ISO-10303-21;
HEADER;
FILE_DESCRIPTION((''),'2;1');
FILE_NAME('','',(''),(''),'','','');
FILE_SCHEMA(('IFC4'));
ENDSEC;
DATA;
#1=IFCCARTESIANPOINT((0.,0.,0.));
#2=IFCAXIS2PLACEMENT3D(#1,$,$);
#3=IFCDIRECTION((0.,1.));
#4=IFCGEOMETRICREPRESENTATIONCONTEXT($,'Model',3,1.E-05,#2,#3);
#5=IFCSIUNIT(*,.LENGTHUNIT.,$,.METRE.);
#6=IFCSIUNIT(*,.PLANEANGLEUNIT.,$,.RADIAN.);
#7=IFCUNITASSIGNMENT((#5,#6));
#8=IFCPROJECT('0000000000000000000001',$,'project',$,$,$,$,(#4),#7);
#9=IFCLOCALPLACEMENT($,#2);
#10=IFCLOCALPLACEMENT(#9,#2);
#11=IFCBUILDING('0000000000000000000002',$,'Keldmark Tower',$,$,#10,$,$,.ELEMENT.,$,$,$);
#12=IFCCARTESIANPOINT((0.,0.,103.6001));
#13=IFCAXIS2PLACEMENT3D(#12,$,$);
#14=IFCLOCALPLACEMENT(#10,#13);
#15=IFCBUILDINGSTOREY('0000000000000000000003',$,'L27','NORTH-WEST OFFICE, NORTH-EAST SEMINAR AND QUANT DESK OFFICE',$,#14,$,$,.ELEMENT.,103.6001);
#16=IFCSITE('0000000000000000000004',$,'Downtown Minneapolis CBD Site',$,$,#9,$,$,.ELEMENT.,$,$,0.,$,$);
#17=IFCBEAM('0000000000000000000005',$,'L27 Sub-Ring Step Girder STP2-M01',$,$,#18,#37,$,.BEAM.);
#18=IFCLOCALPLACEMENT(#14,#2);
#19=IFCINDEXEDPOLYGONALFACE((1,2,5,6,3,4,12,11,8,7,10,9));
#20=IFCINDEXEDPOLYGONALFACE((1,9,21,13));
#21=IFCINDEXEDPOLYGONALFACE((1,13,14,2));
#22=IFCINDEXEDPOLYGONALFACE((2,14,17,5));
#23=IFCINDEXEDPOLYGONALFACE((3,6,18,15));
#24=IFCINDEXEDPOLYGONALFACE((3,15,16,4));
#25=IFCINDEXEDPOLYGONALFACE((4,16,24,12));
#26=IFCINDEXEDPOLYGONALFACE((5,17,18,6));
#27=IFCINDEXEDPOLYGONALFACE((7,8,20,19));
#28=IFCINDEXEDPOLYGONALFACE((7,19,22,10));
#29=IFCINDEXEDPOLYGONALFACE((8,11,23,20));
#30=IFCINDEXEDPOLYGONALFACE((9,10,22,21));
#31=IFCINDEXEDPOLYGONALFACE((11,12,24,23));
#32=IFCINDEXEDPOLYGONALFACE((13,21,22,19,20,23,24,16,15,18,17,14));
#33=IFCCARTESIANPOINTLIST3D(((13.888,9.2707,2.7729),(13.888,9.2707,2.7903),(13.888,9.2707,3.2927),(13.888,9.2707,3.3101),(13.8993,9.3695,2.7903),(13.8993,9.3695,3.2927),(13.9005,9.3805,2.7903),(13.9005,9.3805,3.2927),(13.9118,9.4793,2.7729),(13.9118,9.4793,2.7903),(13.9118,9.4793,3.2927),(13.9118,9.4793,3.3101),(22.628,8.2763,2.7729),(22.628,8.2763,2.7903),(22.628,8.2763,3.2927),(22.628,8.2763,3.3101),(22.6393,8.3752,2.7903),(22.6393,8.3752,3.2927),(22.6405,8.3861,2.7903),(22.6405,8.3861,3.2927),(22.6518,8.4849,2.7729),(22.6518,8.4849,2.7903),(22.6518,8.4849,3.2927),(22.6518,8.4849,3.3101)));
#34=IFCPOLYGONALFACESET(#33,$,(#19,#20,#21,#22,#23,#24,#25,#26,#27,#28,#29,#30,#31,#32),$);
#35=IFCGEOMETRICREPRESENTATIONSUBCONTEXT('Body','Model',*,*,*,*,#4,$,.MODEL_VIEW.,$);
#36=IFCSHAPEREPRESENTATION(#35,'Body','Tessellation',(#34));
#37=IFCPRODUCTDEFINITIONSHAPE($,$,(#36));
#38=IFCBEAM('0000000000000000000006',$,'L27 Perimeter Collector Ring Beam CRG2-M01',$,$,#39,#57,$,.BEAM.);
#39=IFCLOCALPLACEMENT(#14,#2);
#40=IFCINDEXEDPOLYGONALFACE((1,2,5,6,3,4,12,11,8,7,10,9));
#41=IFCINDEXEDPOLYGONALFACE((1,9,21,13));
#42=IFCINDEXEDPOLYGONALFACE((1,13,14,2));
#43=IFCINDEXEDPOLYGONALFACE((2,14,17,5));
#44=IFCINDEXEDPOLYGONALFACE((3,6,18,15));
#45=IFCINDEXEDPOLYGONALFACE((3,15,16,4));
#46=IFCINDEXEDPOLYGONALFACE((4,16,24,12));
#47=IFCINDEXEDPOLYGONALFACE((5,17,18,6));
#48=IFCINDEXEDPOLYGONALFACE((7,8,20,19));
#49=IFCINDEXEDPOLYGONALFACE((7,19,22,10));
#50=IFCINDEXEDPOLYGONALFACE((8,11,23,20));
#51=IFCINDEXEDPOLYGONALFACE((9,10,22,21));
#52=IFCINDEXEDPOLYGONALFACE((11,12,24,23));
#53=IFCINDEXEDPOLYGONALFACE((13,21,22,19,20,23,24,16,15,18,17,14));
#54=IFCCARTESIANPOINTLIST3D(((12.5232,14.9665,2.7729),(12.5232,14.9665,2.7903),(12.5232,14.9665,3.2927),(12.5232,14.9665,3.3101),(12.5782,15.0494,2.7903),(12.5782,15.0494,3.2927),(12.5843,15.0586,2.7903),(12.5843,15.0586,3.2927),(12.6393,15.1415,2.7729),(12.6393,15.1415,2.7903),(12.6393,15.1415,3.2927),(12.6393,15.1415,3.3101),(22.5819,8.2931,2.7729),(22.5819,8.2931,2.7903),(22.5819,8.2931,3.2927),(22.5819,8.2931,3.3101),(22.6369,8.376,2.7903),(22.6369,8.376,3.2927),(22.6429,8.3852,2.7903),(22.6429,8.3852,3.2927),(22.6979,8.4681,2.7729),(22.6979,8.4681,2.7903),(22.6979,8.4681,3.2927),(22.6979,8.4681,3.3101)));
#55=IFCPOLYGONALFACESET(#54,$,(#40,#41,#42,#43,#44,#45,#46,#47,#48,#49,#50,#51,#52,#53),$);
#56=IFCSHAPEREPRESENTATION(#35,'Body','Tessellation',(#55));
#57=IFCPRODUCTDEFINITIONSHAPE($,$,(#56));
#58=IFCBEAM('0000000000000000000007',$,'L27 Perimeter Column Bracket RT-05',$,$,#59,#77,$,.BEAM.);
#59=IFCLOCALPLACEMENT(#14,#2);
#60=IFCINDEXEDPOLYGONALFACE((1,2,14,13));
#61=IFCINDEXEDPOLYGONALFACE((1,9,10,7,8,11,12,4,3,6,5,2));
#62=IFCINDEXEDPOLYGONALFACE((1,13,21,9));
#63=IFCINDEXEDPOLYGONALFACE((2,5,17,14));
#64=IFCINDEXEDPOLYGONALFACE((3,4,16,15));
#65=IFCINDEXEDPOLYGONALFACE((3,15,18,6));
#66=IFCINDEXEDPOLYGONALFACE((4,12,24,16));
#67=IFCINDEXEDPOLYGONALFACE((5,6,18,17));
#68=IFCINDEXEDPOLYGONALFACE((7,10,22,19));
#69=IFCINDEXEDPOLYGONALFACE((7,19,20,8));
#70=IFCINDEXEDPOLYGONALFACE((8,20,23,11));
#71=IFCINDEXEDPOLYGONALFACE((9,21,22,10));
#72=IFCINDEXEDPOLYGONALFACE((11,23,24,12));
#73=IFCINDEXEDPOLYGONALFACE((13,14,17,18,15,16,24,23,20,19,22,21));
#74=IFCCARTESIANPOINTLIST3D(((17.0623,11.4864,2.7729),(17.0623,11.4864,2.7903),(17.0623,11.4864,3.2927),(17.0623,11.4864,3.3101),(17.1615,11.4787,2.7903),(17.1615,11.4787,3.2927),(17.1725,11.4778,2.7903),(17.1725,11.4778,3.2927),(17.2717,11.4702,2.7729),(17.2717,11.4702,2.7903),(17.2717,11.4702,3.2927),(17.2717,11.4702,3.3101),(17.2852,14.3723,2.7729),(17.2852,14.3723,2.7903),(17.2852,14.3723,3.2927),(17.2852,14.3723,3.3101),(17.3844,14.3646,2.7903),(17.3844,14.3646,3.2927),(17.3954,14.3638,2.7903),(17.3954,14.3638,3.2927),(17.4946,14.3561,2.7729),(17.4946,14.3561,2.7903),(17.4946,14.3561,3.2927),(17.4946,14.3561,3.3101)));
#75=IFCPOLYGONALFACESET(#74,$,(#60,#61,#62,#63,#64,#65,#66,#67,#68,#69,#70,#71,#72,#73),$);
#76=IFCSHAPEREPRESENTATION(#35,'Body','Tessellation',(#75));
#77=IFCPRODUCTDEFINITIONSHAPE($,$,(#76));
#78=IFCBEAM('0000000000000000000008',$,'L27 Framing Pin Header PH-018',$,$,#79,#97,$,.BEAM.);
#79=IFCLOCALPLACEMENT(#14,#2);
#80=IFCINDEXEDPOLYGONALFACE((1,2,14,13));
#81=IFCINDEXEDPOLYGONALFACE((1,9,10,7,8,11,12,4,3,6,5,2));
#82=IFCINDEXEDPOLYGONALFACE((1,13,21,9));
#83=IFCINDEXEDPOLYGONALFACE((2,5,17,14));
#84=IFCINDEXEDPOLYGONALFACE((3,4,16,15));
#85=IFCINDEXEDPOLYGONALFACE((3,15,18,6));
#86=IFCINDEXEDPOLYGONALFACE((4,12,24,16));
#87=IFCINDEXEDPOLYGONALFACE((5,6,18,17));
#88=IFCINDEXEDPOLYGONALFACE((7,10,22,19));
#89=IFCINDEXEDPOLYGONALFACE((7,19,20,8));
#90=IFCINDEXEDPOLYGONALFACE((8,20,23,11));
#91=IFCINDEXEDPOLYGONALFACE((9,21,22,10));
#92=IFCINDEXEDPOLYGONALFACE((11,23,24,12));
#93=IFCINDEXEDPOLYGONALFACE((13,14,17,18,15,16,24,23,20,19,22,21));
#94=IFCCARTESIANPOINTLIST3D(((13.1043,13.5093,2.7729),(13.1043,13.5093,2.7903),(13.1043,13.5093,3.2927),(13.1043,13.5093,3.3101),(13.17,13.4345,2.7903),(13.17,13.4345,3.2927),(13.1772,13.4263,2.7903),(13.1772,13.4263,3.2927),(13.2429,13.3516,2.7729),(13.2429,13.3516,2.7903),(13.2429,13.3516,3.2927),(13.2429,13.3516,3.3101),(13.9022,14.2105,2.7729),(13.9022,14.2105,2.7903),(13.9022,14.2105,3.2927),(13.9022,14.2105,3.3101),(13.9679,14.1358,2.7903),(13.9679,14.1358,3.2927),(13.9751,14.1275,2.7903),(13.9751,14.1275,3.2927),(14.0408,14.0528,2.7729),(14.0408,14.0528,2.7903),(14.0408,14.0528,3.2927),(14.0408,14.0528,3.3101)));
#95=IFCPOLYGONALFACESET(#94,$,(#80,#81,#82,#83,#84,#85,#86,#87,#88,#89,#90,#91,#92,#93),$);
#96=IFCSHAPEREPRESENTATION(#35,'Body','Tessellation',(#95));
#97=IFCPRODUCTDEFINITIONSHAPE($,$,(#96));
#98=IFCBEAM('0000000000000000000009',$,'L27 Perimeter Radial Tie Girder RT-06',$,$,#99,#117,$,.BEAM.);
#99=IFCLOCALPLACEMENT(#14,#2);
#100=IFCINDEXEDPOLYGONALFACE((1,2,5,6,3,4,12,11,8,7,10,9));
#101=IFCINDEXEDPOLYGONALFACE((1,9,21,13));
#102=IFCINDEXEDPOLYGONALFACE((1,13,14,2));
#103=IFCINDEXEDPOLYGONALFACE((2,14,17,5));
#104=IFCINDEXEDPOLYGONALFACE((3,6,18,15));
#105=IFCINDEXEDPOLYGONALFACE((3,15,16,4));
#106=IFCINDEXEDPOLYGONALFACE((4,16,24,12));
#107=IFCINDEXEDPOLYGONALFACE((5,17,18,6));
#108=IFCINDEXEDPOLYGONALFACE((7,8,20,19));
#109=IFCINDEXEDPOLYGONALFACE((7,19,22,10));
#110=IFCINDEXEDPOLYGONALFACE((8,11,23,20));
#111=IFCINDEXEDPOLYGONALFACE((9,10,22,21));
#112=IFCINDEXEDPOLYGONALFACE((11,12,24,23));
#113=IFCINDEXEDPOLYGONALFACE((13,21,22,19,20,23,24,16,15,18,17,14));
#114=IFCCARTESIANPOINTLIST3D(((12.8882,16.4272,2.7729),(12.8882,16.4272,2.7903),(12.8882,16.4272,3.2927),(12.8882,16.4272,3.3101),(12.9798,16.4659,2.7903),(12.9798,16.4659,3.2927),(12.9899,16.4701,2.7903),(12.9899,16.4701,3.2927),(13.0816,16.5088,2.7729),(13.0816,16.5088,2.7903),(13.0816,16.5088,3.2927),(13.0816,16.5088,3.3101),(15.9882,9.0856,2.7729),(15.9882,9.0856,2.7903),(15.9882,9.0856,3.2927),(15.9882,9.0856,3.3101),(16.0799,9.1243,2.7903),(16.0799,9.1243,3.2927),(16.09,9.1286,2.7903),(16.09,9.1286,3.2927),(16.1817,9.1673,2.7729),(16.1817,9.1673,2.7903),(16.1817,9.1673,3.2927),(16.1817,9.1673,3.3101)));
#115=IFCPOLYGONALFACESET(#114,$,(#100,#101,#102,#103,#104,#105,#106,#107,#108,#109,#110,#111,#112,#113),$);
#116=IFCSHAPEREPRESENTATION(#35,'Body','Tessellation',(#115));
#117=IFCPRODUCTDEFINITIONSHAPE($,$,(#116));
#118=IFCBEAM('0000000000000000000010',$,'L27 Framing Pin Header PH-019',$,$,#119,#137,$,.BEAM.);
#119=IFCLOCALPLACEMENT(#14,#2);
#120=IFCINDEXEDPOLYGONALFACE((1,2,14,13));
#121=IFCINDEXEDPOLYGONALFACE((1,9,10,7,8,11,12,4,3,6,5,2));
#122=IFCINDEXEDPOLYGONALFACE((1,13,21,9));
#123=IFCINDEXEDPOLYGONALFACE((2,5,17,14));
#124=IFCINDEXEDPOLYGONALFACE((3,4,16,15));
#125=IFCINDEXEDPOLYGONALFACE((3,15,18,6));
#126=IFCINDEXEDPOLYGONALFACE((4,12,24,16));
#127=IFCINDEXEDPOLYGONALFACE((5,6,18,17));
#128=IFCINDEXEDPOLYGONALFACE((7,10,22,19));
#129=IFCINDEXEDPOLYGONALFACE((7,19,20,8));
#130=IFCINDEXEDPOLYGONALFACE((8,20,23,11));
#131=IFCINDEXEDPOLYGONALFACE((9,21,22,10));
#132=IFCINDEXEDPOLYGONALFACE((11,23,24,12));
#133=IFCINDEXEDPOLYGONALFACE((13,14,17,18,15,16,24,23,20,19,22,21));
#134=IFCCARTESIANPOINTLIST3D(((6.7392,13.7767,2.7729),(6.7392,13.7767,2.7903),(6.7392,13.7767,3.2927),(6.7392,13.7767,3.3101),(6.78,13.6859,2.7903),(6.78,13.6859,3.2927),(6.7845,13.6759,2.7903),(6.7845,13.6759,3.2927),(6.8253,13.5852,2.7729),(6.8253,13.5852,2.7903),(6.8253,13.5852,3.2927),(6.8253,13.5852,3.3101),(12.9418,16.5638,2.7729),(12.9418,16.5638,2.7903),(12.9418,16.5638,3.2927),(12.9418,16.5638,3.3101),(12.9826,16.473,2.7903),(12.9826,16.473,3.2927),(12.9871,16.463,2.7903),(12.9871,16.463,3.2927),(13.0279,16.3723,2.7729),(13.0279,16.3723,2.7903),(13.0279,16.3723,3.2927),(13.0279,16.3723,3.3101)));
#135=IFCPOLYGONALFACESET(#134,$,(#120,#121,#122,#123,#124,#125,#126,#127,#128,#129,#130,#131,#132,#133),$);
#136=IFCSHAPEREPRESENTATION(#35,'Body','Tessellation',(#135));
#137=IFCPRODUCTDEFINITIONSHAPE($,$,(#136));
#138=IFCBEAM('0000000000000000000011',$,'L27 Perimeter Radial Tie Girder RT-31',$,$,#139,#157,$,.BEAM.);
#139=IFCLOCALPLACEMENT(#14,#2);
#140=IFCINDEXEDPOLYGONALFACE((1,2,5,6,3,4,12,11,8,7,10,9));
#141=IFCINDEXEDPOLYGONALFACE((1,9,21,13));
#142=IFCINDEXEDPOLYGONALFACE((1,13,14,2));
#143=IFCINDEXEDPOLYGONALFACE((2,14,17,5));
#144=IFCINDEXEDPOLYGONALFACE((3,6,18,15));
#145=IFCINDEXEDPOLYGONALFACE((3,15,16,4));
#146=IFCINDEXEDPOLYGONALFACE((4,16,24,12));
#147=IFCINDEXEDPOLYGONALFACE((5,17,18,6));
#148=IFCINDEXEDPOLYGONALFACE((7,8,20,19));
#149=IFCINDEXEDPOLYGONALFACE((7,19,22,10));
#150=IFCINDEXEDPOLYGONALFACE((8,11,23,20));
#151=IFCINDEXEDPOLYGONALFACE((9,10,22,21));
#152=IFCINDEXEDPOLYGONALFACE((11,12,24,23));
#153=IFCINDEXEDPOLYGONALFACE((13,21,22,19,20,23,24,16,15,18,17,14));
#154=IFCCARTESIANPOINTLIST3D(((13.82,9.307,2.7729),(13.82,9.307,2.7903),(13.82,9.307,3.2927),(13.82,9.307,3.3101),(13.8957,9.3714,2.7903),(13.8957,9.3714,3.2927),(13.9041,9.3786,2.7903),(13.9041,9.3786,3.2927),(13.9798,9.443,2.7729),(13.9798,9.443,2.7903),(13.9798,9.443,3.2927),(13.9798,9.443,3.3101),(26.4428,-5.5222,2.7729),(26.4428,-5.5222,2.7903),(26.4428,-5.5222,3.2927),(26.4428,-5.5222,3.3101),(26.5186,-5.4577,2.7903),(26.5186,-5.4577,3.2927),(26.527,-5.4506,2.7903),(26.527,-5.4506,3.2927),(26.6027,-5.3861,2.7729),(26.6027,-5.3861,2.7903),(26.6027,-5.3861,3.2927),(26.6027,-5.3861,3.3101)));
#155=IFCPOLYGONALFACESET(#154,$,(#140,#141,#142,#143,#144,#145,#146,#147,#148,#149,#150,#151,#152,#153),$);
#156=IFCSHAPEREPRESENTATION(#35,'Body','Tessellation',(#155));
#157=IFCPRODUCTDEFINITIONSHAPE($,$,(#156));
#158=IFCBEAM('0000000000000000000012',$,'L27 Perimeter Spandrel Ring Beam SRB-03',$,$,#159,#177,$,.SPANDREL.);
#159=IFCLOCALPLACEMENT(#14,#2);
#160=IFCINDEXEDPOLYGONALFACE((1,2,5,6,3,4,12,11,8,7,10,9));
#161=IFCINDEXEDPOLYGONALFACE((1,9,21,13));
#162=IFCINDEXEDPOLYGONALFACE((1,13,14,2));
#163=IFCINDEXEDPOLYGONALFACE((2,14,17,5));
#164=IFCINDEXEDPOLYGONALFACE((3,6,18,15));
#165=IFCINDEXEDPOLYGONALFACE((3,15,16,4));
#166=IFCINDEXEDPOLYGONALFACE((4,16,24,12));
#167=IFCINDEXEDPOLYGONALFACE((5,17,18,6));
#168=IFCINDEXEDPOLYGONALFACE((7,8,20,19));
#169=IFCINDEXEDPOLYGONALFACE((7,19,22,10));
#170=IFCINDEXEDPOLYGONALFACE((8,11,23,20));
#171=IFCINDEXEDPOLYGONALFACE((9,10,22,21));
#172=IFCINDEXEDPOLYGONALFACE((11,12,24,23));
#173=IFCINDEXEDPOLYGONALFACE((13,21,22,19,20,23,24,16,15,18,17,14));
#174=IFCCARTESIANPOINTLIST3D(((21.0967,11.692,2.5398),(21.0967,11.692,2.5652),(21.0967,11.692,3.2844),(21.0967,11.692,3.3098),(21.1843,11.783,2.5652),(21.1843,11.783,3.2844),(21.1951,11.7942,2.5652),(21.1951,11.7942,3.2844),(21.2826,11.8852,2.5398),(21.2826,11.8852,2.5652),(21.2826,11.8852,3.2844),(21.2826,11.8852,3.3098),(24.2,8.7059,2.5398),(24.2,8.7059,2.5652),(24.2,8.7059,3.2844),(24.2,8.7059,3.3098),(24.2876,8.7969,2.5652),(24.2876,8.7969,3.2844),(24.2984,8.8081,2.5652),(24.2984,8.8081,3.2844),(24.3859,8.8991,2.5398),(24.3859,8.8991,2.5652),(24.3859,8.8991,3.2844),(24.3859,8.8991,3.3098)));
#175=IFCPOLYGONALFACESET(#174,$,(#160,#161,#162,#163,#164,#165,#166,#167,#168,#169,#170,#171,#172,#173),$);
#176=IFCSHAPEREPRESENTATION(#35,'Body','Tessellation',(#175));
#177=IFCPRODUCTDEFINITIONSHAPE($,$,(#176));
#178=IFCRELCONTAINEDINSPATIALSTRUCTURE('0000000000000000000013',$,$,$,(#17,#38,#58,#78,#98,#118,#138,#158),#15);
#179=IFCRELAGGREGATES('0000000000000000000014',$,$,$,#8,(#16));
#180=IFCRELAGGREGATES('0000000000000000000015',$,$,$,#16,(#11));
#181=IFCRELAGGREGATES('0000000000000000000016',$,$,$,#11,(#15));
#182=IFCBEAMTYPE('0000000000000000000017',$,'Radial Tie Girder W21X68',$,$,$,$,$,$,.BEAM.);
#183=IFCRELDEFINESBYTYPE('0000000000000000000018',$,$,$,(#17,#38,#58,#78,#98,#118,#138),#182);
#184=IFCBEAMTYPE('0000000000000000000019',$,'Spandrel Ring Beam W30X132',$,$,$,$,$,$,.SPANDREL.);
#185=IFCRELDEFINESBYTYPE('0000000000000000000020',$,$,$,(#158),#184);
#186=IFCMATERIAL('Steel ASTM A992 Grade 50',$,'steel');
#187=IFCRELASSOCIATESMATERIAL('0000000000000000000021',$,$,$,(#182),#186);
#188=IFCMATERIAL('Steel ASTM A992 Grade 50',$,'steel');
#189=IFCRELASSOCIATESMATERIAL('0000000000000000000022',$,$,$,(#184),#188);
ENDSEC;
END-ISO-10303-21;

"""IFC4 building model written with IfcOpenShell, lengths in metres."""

from ifc_helpers import new_model, si_unit, direction, frame, origin, origin_2d, place, context, subcontext, project, spatial, i_section, extrude, material, material_profile, profile_set, type_object, element, save


model = new_model("IFC4")

# Units and contexts
model_context = context("Model", 3, precision=1e-05, world=origin(), true_north=direction((0.0, 1.0)))
body_context = subcontext(model_context, "Body", "Model", "MODEL_VIEW")
ifc_project = project(units=[si_unit("LENGTHUNIT", "METRE"), si_unit("PLANEANGLEUNIT", "RADIAN")], contexts=[model_context])

# Site, building, storey
site_placement = place(None, origin())
site = spatial("IfcSite", under=ifc_project, at=site_placement, Name="Downtown Minneapolis CBD Site", CompositionType="ELEMENT", RefElevation=0.0)
building_placement = place(site_placement, origin())
building = spatial("IfcBuilding", under=site, at=building_placement, Name="Keldmark Tower", CompositionType="ELEMENT")
storey_placement = place(building_placement, frame((0.0, 0.0, 103.6001)))
storey = spatial("IfcBuildingStorey", under=building, at=storey_placement, Name="L27", Description="NORTH-WEST OFFICE, NORTH-EAST SEMINAR AND QUANT DESK OFFICE", CompositionType="ELEMENT", Elevation=103.6001)

# Beams
ifc_material_1 = material(Name="Steel ASTM A992 Grade 50", Category="steel")
ifc_material_profile_1 = material_profile(ifc_material_1, i_section(OverallWidth=0.21, OverallDepth=0.5371, WebThickness=0.011, FlangeThickness=0.0173, at=origin_2d()), Name="W21X68")
ifc_profile_set_1 = profile_set([ifc_material_profile_1], Name="Steel ASTM A992 Grade 50")
beam_type_1 = type_object("IfcBeamType", Name="Radial Tie Girder W21X68", PredefinedType="BEAM", material=ifc_profile_set_1)
beam_1_placement = place(storey_placement, frame((13.8999, 9.375, 3.0415), z_axis=(0.99359, -0.113045, 0.0), x_axis=(0.113045, 0.99359, 0.0)))
element("IfcBeam", 1, at=beam_1_placement, inside=storey, type_object=beam_type_1, Name="L27 Sub-Ring Step Girder STP2-M01", PredefinedType="BEAM", context=body_context, shape_type="SweptSolid", body=[
    extrude(i_section(OverallWidth=0.21, OverallDepth=0.5371, WebThickness=0.011, FlangeThickness=0.0173, at=origin_2d()), origin(), (0.0, 0.0, 1.0), 8.7964),
])
beam_2_placement = place(storey_placement, frame((22.6399, 8.3806, 3.0415), z_axis=(-0.833287, 0.552841, 0.0), x_axis=(-0.552841, -0.833287, 0.0)))
element("IfcBeam", 2, at=beam_2_placement, inside=storey, type_object=beam_type_1, Name="L27 Perimeter Collector Ring Beam CRG2-M01", PredefinedType="BEAM", context=body_context, shape_type="SweptSolid", body=[
    extrude(i_section(OverallWidth=0.21, OverallDepth=0.5371, WebThickness=0.011, FlangeThickness=0.0173, at=origin_2d()), origin(), (0.0, 0.0, 1.0), 12.071),
])
beam_3_placement = place(storey_placement, frame((17.167, 11.4783, 3.0415), z_axis=(0.077006, 0.997031, 0.0), x_axis=(-0.997031, 0.077006, 0.0)))
element("IfcBeam", 3, at=beam_3_placement, inside=storey, type_object=beam_type_1, Name="L27 Perimeter Column Bracket RT-05", PredefinedType="BEAM", context=body_context, shape_type="SweptSolid", body=[
    extrude(i_section(OverallWidth=0.21, OverallDepth=0.5371, WebThickness=0.011, FlangeThickness=0.0173, at=origin_2d()), origin(), (0.0, 0.0, 1.0), 2.8945),
])
beam_4_placement = place(storey_placement, frame((13.1736, 13.4304, 3.0415), z_axis=(0.751151, 0.66013, 0.0), x_axis=(-0.66013, 0.751151, 0.0)))
element("IfcBeam", 4, at=beam_4_placement, inside=storey, type_object=beam_type_1, Name="L27 Framing Pin Header PH-018", PredefinedType="BEAM", context=body_context, shape_type="SweptSolid", body=[
    extrude(i_section(OverallWidth=0.21, OverallDepth=0.5371, WebThickness=0.011, FlangeThickness=0.0173, at=origin_2d()), origin(), (0.0, 0.0, 1.0), 1.0623),
])
beam_5_placement = place(storey_placement, frame((16.085, 9.1265, 3.0415), z_axis=(-0.389007, 0.921235, 0.0), x_axis=(-0.921235, -0.389007, 0.0)))
element("IfcBeam", 5, at=beam_5_placement, inside=storey, type_object=beam_type_1, Name="L27 Perimeter Radial Tie Girder RT-06", PredefinedType="BEAM", context=body_context, shape_type="SweptSolid", body=[
    extrude(i_section(OverallWidth=0.21, OverallDepth=0.5371, WebThickness=0.011, FlangeThickness=0.0173, at=origin_2d()), origin(), (0.0, 0.0, 1.0), 7.9692),
])
beam_6_placement = place(storey_placement, frame((12.9849, 16.468, 3.0415), z_axis=(-0.912146, -0.409866, 0.0), x_axis=(0.409866, -0.912146, 0.0)))
element("IfcBeam", 6, at=beam_6_placement, inside=storey, type_object=beam_type_1, Name="L27 Framing Pin Header PH-019", PredefinedType="BEAM", context=body_context, shape_type="SweptSolid", body=[
    extrude(i_section(OverallWidth=0.21, OverallDepth=0.5371, WebThickness=0.011, FlangeThickness=0.0173, at=origin_2d()), origin(), (0.0, 0.0, 1.0), 6.8),
])
beam_7_placement = place(storey_placement, frame((13.8999, 9.375, 3.0415), z_axis=(0.648187, -0.761481, 0.0), x_axis=(0.761481, 0.648187, 0.0)))
element("IfcBeam", 7, at=beam_7_placement, inside=storey, type_object=beam_type_1, Name="L27 Perimeter Radial Tie Girder RT-31", PredefinedType="BEAM", context=body_context, shape_type="SweptSolid", body=[
    extrude(i_section(OverallWidth=0.21, OverallDepth=0.5371, WebThickness=0.011, FlangeThickness=0.0173, at=origin_2d()), origin(), (0.0, 0.0, 1.0), 19.4741),
])
ifc_material_2 = material(Name="Steel ASTM A992 Grade 50", Category="steel")
ifc_material_profile_2 = material_profile(ifc_material_2, i_section(OverallWidth=0.2681, OverallDepth=0.77, WebThickness=0.0156, FlangeThickness=0.0254, at=origin_2d()), Name="W30X132")
ifc_profile_set_2 = profile_set([ifc_material_profile_2], Name="Steel ASTM A992 Grade 50")
beam_type_2 = type_object("IfcBeamType", Name="Spandrel Ring Beam W30X132", PredefinedType="SPANDREL", material=ifc_profile_set_2)
beam_8_placement = place(storey_placement, frame((24.293, 8.8025, 2.9248), z_axis=(-0.720581, 0.69337, 0.0), x_axis=(-0.69337, -0.720581, 0.0)))
element("IfcBeam", 8, at=beam_8_placement, inside=storey, type_object=beam_type_2, Name="L27 Perimeter Spandrel Ring Beam SRB-03", PredefinedType="SPANDREL", context=body_context, shape_type="SweptSolid", body=[
    extrude(i_section(OverallWidth=0.2681, OverallDepth=0.77, WebThickness=0.0156, FlangeThickness=0.0254, at=origin_2d()), origin(), (0.0, 0.0, 1.0), 4.3066),
])

save(model, "model.ifc")
